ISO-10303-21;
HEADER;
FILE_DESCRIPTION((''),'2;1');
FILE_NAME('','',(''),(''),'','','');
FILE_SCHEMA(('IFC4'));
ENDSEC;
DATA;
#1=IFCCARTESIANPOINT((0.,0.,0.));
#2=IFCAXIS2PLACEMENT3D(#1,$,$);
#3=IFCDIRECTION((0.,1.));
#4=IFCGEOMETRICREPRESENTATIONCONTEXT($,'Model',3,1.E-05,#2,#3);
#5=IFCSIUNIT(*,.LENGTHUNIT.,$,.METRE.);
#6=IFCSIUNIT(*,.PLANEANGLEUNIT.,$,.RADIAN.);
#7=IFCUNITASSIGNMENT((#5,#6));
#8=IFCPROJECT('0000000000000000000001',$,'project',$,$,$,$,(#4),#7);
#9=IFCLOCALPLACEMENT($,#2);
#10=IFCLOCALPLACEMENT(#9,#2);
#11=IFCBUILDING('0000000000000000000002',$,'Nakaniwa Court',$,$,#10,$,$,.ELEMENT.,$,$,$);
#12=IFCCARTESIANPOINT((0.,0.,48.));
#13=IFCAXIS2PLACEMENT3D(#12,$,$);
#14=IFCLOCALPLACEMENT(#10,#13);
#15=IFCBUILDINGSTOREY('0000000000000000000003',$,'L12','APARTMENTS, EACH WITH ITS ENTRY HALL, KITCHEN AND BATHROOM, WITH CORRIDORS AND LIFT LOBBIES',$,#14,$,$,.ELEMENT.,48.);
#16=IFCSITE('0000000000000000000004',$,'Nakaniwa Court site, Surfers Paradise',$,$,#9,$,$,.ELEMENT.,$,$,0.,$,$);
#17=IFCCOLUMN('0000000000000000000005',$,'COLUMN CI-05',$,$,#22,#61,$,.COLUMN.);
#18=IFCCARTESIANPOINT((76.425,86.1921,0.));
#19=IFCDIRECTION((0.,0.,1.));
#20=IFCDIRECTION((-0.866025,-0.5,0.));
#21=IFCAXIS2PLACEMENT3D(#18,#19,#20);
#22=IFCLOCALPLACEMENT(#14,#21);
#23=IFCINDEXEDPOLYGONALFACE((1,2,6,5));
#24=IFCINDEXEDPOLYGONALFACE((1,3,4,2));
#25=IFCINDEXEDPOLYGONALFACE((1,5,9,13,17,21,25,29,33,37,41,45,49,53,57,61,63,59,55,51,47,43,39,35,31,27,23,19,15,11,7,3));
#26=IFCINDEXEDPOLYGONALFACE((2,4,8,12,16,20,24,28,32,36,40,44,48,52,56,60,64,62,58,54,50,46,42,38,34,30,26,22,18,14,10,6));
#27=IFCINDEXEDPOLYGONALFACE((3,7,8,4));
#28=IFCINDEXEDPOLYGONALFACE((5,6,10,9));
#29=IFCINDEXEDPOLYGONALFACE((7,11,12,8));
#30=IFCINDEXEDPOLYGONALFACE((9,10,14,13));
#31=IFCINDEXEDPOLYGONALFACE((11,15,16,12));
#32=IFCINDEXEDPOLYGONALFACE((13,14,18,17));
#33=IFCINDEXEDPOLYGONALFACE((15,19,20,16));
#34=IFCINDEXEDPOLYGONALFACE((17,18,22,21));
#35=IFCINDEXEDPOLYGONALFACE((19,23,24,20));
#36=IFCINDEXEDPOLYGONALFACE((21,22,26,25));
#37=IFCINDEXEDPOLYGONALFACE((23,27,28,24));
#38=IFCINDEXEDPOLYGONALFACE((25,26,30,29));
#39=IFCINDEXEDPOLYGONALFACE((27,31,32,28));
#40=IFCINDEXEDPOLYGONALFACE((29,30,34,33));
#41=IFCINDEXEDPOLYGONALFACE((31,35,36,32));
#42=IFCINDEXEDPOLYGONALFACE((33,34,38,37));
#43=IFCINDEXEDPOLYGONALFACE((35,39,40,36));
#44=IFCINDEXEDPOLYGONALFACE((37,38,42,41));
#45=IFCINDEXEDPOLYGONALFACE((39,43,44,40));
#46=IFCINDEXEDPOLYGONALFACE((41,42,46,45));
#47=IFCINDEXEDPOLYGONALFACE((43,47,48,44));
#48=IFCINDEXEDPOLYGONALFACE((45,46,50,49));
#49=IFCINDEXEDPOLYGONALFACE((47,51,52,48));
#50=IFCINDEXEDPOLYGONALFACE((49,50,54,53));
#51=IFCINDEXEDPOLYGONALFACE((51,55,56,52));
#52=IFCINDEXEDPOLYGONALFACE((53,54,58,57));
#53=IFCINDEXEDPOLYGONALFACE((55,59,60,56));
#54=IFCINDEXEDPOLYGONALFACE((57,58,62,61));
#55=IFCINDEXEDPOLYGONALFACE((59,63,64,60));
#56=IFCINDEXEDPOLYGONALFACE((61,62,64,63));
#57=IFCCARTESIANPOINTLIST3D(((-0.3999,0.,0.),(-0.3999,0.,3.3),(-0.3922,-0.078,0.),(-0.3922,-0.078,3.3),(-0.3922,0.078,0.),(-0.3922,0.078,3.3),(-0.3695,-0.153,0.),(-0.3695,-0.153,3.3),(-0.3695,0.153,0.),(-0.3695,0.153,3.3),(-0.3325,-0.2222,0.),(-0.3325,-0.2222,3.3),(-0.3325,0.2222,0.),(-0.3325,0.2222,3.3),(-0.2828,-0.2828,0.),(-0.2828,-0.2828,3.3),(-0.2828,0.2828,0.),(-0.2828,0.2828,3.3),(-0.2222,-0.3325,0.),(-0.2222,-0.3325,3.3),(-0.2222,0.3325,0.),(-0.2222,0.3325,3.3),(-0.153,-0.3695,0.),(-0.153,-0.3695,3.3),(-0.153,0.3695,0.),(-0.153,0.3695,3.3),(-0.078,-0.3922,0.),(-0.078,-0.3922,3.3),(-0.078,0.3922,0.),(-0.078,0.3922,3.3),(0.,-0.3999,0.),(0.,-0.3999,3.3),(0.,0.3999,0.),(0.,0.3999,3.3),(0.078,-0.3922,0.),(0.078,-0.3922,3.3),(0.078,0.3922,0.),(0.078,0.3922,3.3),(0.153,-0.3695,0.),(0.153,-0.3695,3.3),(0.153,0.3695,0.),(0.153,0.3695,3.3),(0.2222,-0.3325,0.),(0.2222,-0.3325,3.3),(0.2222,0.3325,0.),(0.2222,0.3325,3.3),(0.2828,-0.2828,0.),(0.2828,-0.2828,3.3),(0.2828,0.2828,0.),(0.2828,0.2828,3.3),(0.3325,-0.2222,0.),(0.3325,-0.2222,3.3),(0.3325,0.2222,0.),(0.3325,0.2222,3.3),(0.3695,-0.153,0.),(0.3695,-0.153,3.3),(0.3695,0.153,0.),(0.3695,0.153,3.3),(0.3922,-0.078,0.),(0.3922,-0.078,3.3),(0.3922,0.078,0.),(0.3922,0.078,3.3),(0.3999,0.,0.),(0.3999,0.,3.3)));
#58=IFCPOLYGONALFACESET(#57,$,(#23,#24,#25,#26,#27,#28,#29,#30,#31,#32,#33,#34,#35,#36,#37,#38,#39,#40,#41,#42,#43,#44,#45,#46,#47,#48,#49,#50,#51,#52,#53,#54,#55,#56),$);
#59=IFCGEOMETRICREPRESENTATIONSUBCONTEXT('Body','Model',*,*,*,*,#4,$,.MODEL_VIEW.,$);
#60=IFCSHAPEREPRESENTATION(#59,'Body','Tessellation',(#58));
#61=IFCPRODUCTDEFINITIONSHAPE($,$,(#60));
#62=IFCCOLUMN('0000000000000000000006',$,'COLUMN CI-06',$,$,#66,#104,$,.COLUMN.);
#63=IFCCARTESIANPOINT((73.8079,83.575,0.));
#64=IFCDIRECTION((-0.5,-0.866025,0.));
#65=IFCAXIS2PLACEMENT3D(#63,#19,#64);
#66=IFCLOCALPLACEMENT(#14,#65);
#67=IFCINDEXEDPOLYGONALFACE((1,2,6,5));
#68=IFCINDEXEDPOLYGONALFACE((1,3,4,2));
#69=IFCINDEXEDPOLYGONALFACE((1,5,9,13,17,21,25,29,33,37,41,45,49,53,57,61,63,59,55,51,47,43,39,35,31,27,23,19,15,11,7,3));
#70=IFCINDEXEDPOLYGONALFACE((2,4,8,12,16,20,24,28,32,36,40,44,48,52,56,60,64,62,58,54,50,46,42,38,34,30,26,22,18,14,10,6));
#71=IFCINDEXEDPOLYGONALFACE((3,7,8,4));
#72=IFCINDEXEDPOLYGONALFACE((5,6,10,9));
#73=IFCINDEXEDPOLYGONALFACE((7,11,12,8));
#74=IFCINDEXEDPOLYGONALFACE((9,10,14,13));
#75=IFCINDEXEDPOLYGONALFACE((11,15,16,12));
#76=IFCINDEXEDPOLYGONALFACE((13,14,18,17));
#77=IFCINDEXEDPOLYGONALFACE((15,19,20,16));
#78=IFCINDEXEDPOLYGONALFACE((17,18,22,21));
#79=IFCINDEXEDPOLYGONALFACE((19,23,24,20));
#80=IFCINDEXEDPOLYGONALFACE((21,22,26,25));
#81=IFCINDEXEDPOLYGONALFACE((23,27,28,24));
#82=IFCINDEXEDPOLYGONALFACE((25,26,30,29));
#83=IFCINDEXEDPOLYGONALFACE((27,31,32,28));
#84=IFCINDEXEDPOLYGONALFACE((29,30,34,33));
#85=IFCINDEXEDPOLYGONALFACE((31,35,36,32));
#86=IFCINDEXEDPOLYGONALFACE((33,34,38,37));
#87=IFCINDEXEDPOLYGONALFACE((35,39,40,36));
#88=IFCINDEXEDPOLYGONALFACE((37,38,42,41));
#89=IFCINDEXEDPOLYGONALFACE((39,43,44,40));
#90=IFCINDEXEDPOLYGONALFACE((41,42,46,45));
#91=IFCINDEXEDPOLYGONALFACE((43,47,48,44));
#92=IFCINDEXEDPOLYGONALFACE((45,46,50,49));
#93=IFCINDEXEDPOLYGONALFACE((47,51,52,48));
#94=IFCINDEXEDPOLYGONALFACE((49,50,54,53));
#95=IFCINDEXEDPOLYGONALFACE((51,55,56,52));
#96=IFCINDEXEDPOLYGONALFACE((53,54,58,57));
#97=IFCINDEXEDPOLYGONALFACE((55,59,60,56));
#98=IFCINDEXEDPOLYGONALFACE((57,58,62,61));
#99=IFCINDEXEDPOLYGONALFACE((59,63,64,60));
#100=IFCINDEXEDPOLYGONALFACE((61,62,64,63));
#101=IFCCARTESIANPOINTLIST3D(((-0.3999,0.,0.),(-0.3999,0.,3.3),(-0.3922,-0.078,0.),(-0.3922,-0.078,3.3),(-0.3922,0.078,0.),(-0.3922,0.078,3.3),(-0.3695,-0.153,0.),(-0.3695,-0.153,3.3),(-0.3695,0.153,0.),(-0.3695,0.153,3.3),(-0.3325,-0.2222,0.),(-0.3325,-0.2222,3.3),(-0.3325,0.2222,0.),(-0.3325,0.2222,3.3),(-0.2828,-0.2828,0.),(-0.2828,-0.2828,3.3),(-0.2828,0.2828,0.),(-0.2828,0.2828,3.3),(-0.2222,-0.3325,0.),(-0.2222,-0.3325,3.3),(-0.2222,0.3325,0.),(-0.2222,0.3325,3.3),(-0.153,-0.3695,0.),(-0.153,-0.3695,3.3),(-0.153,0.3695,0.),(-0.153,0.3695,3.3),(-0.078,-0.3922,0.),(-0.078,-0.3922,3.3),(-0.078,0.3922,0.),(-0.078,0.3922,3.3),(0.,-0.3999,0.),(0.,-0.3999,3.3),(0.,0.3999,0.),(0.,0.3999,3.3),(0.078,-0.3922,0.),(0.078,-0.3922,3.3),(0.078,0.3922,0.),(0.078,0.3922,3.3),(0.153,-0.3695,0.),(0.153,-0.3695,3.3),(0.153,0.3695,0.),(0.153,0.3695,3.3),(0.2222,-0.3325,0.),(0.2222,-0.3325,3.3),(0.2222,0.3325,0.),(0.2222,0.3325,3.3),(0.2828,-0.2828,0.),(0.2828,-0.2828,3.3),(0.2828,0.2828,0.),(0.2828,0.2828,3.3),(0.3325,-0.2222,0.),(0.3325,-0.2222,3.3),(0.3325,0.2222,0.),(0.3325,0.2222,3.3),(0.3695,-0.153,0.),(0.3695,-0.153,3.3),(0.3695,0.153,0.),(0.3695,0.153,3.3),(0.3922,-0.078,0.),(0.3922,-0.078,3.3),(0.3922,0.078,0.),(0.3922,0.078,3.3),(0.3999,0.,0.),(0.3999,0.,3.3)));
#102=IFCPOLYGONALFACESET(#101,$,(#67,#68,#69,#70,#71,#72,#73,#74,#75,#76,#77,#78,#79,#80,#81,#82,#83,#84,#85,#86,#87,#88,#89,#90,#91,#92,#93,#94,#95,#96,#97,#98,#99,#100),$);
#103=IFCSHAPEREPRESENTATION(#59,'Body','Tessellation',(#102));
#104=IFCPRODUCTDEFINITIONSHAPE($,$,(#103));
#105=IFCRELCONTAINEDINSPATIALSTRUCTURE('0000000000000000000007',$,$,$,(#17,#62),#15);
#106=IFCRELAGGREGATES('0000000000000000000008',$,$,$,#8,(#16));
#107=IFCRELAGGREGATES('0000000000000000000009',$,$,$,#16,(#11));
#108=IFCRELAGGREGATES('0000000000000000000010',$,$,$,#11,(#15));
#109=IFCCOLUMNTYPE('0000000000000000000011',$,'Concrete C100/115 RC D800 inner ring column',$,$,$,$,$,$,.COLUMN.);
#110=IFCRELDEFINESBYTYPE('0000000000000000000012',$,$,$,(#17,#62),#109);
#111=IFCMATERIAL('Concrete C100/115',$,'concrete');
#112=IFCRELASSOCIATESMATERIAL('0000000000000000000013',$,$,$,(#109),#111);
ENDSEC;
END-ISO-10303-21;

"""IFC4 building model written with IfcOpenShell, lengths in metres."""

from ifc_helpers import new_model, si_unit, direction, frame, origin, origin_2d, place, context, subcontext, project, spatial, circle, extrude, material, material_profile, profile_set, type_object, element, save


model = new_model("IFC4")

# Units and contexts
model_context = context("Model", 3, precision=1e-05, world=origin(), true_north=direction((0.0, 1.0)))
body_context = subcontext(model_context, "Body", "Model", "MODEL_VIEW")
ifc_project = project(units=[si_unit("LENGTHUNIT", "METRE"), si_unit("PLANEANGLEUNIT", "RADIAN")], contexts=[model_context])

# Site, building, storey
site_placement = place(None, origin())
site = spatial("IfcSite", under=ifc_project, at=site_placement, Name="Nakaniwa Court site, Surfers Paradise", CompositionType="ELEMENT", RefElevation=0.0)
building_placement = place(site_placement, origin())
building = spatial("IfcBuilding", under=site, at=building_placement, Name="Nakaniwa Court", CompositionType="ELEMENT")
storey_placement = place(building_placement, frame((0.0, 0.0, 48.0)))
storey = spatial("IfcBuildingStorey", under=building, at=storey_placement, Name="L12", Description="APARTMENTS, EACH WITH ITS ENTRY HALL, KITCHEN AND BATHROOM, WITH CORRIDORS AND LIFT LOBBIES", CompositionType="ELEMENT", Elevation=48.0)

# Columns
ifc_material_1 = material(Name="Concrete C100/115", Category="concrete")
ifc_material_profile_1 = material_profile(ifc_material_1, circle(Radius=0.3999, at=origin_2d()), Name="Concrete C100/115 RC D800 inner ring column")
ifc_profile_set_1 = profile_set([ifc_material_profile_1], Name="Concrete C100/115")
column_type_1 = type_object("IfcColumnType", Name="Concrete C100/115 RC D800 inner ring column", PredefinedType="COLUMN", material=ifc_profile_set_1)
for number, where, z_axis, x_axis, name in (
    (1, (76.425, 86.1921, 0.0), (0.0, 0.0, 1.0), (-0.866025, -0.5, 0.0), "COLUMN CI-05"),
    (2, (73.8079, 83.575, 0.0), (0.0, 0.0, 1.0), (-0.5, -0.866025, 0.0), "COLUMN CI-06"),
):
    element("IfcColumn", number, at=place(storey_placement, frame(where, z_axis=z_axis, x_axis=x_axis)), inside=storey, type_object=column_type_1, Name=name, PredefinedType="COLUMN", context=body_context, shape_type="SweptSolid", body=[
        extrude(circle(Radius=0.3999, at=origin_2d()), origin(), (0.0, 0.0, 1.0), 3.3),
    ])

save(model, "model.ifc")
